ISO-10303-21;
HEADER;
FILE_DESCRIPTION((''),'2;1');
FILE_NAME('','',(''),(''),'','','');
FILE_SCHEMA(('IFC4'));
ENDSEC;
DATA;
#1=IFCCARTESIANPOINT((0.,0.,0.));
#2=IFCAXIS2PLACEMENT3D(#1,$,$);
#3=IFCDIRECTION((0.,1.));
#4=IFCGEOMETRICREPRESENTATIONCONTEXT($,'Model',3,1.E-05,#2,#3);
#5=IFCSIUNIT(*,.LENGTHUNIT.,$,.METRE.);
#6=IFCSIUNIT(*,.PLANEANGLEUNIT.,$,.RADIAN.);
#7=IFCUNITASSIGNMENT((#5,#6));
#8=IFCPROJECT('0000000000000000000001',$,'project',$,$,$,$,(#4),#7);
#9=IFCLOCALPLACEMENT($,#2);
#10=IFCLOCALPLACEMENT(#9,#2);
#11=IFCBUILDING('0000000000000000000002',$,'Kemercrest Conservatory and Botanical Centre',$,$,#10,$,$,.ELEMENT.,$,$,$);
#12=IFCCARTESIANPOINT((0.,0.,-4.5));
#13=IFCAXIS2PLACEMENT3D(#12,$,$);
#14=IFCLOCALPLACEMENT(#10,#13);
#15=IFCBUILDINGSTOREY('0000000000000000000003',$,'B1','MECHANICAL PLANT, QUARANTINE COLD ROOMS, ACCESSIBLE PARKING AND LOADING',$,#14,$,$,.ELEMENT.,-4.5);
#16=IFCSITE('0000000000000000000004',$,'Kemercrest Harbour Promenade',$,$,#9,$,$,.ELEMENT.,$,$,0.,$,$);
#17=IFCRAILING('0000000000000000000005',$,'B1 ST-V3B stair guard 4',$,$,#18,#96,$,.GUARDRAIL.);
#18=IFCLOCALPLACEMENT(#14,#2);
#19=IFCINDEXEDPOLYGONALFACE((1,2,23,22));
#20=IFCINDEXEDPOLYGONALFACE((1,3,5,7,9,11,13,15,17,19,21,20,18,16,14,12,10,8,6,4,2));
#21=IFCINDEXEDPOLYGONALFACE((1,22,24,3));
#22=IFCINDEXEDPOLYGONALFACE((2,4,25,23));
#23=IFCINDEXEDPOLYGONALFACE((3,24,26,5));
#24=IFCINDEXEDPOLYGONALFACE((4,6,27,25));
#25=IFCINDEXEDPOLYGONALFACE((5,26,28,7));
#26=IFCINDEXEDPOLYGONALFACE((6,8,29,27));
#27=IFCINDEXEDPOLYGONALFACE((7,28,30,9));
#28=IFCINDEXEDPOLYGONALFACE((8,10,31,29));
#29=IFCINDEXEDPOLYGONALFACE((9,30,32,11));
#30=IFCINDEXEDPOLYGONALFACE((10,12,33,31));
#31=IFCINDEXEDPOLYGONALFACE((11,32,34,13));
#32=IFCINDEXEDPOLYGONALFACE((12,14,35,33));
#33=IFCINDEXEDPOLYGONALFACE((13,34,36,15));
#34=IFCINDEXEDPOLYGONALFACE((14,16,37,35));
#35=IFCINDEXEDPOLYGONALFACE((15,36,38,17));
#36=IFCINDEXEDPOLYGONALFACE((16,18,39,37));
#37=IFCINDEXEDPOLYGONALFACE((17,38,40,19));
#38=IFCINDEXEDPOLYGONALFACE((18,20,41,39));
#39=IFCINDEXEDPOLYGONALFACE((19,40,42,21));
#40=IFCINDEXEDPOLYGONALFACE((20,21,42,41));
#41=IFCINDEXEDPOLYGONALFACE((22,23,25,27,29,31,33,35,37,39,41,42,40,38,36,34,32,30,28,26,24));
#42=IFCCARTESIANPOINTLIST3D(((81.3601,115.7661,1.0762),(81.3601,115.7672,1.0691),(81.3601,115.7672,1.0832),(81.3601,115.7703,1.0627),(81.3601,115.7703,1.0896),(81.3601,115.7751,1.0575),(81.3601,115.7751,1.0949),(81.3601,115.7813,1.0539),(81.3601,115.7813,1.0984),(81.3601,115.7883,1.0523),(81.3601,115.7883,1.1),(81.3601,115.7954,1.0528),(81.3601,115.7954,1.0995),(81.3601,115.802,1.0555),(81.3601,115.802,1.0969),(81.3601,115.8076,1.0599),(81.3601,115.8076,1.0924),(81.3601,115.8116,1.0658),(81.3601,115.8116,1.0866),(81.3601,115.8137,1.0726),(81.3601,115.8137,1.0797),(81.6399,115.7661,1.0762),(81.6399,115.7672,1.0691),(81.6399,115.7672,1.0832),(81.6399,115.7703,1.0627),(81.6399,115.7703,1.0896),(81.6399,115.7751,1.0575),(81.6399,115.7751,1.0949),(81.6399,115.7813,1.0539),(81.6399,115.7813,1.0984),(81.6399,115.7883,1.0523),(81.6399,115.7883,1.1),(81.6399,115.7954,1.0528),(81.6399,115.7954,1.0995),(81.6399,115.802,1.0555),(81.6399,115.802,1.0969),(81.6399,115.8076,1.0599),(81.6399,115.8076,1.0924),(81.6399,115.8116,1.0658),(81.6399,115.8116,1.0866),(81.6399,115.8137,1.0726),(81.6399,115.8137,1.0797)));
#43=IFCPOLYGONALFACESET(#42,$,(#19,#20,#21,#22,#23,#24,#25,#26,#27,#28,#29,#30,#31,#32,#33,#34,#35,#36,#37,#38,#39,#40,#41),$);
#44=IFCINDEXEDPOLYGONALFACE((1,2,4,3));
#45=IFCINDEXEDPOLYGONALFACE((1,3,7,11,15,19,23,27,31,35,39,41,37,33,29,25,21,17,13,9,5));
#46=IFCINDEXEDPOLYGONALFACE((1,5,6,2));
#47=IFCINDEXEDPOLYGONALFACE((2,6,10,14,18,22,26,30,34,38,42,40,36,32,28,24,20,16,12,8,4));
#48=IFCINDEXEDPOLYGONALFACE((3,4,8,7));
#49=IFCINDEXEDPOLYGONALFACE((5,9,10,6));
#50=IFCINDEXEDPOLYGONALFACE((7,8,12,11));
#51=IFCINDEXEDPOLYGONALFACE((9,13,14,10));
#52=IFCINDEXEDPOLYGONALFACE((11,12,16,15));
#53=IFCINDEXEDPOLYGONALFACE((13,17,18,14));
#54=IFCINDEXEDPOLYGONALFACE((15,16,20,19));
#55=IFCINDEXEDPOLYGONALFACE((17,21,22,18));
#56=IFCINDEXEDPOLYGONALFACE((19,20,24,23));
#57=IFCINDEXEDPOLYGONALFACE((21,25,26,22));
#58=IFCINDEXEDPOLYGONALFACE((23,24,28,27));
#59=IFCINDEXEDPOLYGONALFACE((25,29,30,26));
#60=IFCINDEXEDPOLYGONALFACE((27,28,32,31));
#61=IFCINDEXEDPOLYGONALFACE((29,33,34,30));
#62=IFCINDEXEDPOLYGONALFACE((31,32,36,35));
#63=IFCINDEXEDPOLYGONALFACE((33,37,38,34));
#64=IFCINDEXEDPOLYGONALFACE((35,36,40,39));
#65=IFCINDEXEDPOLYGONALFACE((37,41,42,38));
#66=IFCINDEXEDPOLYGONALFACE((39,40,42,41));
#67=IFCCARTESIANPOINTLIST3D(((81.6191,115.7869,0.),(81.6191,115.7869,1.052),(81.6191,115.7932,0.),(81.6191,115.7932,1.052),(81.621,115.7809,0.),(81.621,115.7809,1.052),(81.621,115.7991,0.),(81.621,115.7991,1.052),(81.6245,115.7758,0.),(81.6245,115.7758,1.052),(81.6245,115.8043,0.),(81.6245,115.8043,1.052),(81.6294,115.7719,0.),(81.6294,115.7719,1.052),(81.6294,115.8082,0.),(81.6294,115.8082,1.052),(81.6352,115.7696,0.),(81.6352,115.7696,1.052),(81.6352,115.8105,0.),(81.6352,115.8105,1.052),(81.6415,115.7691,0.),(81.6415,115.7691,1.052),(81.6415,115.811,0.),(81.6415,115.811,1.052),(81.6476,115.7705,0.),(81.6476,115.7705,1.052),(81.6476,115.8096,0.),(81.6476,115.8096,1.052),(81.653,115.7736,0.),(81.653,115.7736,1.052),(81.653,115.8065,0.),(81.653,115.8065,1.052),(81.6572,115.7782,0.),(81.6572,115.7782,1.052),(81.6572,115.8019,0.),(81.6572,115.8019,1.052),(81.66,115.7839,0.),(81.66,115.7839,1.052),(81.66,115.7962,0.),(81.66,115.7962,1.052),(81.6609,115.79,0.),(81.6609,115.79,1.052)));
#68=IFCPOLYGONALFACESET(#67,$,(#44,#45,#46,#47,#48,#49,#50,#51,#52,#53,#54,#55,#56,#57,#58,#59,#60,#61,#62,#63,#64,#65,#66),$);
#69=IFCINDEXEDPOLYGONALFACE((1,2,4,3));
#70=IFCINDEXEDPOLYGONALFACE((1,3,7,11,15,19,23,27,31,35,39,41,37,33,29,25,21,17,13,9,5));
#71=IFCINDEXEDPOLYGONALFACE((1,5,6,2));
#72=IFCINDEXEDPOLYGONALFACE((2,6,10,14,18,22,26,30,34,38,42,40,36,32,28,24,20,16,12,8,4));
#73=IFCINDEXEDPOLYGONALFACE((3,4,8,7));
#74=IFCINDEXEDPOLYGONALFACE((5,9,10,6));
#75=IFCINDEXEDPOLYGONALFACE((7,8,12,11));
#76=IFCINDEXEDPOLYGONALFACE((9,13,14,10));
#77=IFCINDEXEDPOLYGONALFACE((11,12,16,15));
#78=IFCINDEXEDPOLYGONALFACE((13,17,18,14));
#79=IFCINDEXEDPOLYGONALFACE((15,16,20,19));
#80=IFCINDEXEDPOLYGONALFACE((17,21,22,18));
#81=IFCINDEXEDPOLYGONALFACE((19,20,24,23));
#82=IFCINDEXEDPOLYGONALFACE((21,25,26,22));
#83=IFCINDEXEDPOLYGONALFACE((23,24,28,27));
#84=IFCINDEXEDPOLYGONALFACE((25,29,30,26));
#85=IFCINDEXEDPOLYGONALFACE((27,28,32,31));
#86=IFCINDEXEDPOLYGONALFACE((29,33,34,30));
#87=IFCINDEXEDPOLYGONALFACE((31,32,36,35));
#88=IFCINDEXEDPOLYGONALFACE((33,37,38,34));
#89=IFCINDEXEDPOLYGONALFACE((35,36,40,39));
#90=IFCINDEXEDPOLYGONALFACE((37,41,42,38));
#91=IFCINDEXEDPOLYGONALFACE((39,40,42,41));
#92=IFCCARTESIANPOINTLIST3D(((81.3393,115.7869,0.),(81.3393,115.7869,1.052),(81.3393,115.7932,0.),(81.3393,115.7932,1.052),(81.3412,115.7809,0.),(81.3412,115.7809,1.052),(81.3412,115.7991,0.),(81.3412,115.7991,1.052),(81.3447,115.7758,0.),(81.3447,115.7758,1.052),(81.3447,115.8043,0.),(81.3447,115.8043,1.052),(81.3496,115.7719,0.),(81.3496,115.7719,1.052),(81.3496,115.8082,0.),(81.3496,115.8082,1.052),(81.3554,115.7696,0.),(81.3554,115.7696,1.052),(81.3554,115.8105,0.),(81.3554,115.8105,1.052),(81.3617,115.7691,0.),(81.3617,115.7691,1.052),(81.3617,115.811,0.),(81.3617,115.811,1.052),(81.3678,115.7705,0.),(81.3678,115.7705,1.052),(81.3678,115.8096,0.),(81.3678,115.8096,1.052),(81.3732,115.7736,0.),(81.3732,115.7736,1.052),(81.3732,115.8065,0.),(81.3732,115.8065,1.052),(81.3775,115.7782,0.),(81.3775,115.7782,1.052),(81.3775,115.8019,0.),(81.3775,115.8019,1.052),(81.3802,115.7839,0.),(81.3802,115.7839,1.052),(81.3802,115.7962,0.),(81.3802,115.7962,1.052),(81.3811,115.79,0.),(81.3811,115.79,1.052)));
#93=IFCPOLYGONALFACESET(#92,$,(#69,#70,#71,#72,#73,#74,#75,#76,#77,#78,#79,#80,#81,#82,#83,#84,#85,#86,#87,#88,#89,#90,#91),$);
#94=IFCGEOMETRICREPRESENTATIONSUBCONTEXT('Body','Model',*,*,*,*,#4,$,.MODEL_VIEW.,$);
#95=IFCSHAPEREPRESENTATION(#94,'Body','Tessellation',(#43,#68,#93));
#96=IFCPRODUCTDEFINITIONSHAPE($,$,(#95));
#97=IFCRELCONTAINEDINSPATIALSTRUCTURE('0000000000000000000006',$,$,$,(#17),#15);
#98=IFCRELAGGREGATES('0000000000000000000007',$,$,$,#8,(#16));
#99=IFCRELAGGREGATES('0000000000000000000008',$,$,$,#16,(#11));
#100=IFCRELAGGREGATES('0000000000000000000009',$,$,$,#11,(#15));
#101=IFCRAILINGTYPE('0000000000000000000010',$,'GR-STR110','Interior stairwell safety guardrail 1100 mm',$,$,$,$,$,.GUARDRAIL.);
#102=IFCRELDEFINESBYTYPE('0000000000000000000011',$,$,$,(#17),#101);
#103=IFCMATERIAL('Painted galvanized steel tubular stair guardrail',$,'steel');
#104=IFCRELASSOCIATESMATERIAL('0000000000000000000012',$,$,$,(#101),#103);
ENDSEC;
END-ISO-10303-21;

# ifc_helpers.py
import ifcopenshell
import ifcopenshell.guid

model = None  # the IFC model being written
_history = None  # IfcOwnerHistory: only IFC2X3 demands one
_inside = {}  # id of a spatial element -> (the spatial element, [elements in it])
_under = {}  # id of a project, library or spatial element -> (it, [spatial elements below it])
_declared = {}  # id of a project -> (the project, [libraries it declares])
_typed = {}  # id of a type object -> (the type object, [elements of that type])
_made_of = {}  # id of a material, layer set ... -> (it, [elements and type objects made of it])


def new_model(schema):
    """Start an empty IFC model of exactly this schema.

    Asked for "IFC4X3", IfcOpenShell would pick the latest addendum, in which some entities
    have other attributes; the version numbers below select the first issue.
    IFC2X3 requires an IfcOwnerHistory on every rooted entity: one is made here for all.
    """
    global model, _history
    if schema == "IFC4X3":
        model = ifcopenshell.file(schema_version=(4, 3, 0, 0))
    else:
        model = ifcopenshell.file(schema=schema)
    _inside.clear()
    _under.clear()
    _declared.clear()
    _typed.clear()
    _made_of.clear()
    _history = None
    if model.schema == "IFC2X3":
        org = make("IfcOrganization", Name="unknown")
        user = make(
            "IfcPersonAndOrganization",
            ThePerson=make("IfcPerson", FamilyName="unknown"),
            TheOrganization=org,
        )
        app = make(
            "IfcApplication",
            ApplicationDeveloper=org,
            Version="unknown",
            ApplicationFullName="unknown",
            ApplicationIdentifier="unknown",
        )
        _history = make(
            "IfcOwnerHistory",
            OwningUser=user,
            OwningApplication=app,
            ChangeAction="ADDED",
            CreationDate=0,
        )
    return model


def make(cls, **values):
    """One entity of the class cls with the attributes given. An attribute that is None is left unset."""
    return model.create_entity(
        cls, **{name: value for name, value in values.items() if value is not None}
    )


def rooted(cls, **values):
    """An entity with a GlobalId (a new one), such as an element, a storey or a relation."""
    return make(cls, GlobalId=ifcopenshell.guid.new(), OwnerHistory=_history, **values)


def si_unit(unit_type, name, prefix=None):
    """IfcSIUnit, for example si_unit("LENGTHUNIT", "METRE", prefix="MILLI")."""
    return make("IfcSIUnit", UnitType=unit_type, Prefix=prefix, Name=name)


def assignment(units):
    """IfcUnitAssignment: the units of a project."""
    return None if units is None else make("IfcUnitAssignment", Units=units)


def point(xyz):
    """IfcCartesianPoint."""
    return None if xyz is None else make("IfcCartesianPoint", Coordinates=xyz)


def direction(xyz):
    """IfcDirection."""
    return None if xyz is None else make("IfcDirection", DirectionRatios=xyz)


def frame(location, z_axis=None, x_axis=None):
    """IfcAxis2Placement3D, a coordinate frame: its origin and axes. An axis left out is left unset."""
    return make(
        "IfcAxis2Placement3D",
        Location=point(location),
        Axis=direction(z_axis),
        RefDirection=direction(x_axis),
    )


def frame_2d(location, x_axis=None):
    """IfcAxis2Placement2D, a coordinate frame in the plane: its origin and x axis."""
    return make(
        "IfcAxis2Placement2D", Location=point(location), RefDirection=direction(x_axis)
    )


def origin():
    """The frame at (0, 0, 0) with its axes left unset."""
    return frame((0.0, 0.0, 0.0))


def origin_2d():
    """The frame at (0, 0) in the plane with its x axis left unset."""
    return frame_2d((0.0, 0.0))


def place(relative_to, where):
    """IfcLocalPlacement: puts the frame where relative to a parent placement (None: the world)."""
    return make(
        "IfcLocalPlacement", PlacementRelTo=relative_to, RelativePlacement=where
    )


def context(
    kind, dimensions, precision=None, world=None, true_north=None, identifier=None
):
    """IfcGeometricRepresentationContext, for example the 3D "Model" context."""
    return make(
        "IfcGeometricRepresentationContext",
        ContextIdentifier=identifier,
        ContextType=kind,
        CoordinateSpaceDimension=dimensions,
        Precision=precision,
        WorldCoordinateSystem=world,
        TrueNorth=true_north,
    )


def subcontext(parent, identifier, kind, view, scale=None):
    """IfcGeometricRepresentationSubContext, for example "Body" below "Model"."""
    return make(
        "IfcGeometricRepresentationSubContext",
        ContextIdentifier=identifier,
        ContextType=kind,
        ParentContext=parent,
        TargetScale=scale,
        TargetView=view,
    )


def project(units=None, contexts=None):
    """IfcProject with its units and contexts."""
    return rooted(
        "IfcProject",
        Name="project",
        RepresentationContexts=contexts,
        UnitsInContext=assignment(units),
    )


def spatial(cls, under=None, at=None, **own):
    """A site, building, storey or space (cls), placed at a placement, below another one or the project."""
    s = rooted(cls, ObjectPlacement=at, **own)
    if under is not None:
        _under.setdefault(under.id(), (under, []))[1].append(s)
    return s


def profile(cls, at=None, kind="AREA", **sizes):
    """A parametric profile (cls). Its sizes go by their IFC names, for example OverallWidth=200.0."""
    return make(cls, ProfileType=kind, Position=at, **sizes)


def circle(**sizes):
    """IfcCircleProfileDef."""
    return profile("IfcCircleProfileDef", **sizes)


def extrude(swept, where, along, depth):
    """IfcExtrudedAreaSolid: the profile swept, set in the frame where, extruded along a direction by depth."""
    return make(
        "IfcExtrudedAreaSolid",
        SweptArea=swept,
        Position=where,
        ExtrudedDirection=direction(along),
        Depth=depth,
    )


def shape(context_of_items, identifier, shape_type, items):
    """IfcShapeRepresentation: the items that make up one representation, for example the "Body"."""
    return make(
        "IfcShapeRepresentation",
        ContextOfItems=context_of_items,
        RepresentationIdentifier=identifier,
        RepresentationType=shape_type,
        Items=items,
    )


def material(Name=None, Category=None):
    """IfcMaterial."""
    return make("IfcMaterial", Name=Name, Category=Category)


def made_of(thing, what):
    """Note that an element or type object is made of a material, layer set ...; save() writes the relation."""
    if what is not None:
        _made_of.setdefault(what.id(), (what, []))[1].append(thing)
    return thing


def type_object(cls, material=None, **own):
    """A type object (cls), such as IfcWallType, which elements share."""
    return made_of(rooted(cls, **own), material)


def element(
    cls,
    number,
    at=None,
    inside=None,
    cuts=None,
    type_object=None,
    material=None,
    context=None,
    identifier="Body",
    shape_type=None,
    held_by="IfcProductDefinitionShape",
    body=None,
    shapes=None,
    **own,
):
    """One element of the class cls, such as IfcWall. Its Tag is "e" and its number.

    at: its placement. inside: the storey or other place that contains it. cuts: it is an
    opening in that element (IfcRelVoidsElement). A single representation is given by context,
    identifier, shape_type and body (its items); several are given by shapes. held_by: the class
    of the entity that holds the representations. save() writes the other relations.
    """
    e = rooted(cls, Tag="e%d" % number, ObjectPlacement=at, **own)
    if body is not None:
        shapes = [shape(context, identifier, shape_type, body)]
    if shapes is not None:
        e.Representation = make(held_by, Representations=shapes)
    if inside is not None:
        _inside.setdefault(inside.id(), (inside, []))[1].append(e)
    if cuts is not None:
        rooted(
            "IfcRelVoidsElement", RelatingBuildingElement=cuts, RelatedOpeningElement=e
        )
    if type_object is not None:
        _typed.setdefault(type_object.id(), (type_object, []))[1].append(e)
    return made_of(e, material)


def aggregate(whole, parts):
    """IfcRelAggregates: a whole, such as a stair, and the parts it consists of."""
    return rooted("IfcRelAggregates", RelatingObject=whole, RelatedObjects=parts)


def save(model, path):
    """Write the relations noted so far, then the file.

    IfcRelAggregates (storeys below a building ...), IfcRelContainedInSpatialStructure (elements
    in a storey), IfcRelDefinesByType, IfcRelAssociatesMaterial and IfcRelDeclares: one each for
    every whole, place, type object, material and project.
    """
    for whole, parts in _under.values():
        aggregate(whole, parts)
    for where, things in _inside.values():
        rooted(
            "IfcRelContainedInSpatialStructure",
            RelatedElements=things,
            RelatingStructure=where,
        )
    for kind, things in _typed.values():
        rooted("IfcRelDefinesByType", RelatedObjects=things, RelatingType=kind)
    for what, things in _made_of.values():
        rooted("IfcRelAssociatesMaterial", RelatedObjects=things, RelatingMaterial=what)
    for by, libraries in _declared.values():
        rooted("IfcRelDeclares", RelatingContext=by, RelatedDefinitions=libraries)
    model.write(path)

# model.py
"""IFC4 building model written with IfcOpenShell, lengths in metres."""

from ifc_helpers import new_model, si_unit, direction, frame, origin, origin_2d, place, context, subcontext, project, spatial, circle, extrude, material, type_object, element, save


model = new_model("IFC4")

# Units and contexts
model_context = context("Model", 3, precision=1e-05, world=origin(), true_north=direction((0.0, 1.0)))
body_context = subcontext(model_context, "Body", "Model", "MODEL_VIEW")
ifc_project = project(units=[si_unit("LENGTHUNIT", "METRE"), si_unit("PLANEANGLEUNIT", "RADIAN")], contexts=[model_context])

# Site, building, storey
site_placement = place(None, origin())
site = spatial("IfcSite", under=ifc_project, at=site_placement, Name="Kemercrest Harbour Promenade", CompositionType="ELEMENT", RefElevation=0.0)
building_placement = place(site_placement, origin())
building = spatial("IfcBuilding", under=site, at=building_placement, Name="Kemercrest Conservatory and Botanical Centre", CompositionType="ELEMENT")
storey_placement = place(building_placement, frame((0.0, 0.0, -4.5)))
storey = spatial("IfcBuildingStorey", under=building, at=storey_placement, Name="B1", Description="MECHANICAL PLANT, QUARANTINE COLD ROOMS, ACCESSIBLE PARKING AND LOADING", CompositionType="ELEMENT", Elevation=-4.5)

# Railing
ifc_material_1 = material(Name="Painted galvanized steel tubular stair guardrail", Category="steel")
railing_type_1 = type_object("IfcRailingType", Name="GR-STR110", Description="Interior stairwell safety guardrail 1100 mm", PredefinedType="GUARDRAIL", material=ifc_material_1)
railing_1_placement = place(storey_placement, frame((81.6399, 115.79, 0.0)))
element("IfcRailing", 1, at=railing_1_placement, inside=storey, type_object=railing_type_1, Name="B1 ST-V3B stair guard 4", PredefinedType="GUARDRAIL", context=body_context, shape_type="SweptSolid", body=[
    extrude(circle(Radius=0.0239, at=origin_2d()), frame((0.0, 0.0, 1.0762), z_axis=(-1.0, 0.0, 0.0), x_axis=(0.0, -1.0, 0.0)), (0.0, 0.0, 1.0), 0.2798),
    extrude(circle(Radius=0.021, at=origin_2d()), origin(), (0.0, 0.0, 1.0), 1.052),
    extrude(circle(Radius=0.021, at=origin_2d()), frame((-0.2798, 0.0, 0.0)), (0.0, 0.0, 1.0), 1.052),
])

save(model, "model.ifc")
